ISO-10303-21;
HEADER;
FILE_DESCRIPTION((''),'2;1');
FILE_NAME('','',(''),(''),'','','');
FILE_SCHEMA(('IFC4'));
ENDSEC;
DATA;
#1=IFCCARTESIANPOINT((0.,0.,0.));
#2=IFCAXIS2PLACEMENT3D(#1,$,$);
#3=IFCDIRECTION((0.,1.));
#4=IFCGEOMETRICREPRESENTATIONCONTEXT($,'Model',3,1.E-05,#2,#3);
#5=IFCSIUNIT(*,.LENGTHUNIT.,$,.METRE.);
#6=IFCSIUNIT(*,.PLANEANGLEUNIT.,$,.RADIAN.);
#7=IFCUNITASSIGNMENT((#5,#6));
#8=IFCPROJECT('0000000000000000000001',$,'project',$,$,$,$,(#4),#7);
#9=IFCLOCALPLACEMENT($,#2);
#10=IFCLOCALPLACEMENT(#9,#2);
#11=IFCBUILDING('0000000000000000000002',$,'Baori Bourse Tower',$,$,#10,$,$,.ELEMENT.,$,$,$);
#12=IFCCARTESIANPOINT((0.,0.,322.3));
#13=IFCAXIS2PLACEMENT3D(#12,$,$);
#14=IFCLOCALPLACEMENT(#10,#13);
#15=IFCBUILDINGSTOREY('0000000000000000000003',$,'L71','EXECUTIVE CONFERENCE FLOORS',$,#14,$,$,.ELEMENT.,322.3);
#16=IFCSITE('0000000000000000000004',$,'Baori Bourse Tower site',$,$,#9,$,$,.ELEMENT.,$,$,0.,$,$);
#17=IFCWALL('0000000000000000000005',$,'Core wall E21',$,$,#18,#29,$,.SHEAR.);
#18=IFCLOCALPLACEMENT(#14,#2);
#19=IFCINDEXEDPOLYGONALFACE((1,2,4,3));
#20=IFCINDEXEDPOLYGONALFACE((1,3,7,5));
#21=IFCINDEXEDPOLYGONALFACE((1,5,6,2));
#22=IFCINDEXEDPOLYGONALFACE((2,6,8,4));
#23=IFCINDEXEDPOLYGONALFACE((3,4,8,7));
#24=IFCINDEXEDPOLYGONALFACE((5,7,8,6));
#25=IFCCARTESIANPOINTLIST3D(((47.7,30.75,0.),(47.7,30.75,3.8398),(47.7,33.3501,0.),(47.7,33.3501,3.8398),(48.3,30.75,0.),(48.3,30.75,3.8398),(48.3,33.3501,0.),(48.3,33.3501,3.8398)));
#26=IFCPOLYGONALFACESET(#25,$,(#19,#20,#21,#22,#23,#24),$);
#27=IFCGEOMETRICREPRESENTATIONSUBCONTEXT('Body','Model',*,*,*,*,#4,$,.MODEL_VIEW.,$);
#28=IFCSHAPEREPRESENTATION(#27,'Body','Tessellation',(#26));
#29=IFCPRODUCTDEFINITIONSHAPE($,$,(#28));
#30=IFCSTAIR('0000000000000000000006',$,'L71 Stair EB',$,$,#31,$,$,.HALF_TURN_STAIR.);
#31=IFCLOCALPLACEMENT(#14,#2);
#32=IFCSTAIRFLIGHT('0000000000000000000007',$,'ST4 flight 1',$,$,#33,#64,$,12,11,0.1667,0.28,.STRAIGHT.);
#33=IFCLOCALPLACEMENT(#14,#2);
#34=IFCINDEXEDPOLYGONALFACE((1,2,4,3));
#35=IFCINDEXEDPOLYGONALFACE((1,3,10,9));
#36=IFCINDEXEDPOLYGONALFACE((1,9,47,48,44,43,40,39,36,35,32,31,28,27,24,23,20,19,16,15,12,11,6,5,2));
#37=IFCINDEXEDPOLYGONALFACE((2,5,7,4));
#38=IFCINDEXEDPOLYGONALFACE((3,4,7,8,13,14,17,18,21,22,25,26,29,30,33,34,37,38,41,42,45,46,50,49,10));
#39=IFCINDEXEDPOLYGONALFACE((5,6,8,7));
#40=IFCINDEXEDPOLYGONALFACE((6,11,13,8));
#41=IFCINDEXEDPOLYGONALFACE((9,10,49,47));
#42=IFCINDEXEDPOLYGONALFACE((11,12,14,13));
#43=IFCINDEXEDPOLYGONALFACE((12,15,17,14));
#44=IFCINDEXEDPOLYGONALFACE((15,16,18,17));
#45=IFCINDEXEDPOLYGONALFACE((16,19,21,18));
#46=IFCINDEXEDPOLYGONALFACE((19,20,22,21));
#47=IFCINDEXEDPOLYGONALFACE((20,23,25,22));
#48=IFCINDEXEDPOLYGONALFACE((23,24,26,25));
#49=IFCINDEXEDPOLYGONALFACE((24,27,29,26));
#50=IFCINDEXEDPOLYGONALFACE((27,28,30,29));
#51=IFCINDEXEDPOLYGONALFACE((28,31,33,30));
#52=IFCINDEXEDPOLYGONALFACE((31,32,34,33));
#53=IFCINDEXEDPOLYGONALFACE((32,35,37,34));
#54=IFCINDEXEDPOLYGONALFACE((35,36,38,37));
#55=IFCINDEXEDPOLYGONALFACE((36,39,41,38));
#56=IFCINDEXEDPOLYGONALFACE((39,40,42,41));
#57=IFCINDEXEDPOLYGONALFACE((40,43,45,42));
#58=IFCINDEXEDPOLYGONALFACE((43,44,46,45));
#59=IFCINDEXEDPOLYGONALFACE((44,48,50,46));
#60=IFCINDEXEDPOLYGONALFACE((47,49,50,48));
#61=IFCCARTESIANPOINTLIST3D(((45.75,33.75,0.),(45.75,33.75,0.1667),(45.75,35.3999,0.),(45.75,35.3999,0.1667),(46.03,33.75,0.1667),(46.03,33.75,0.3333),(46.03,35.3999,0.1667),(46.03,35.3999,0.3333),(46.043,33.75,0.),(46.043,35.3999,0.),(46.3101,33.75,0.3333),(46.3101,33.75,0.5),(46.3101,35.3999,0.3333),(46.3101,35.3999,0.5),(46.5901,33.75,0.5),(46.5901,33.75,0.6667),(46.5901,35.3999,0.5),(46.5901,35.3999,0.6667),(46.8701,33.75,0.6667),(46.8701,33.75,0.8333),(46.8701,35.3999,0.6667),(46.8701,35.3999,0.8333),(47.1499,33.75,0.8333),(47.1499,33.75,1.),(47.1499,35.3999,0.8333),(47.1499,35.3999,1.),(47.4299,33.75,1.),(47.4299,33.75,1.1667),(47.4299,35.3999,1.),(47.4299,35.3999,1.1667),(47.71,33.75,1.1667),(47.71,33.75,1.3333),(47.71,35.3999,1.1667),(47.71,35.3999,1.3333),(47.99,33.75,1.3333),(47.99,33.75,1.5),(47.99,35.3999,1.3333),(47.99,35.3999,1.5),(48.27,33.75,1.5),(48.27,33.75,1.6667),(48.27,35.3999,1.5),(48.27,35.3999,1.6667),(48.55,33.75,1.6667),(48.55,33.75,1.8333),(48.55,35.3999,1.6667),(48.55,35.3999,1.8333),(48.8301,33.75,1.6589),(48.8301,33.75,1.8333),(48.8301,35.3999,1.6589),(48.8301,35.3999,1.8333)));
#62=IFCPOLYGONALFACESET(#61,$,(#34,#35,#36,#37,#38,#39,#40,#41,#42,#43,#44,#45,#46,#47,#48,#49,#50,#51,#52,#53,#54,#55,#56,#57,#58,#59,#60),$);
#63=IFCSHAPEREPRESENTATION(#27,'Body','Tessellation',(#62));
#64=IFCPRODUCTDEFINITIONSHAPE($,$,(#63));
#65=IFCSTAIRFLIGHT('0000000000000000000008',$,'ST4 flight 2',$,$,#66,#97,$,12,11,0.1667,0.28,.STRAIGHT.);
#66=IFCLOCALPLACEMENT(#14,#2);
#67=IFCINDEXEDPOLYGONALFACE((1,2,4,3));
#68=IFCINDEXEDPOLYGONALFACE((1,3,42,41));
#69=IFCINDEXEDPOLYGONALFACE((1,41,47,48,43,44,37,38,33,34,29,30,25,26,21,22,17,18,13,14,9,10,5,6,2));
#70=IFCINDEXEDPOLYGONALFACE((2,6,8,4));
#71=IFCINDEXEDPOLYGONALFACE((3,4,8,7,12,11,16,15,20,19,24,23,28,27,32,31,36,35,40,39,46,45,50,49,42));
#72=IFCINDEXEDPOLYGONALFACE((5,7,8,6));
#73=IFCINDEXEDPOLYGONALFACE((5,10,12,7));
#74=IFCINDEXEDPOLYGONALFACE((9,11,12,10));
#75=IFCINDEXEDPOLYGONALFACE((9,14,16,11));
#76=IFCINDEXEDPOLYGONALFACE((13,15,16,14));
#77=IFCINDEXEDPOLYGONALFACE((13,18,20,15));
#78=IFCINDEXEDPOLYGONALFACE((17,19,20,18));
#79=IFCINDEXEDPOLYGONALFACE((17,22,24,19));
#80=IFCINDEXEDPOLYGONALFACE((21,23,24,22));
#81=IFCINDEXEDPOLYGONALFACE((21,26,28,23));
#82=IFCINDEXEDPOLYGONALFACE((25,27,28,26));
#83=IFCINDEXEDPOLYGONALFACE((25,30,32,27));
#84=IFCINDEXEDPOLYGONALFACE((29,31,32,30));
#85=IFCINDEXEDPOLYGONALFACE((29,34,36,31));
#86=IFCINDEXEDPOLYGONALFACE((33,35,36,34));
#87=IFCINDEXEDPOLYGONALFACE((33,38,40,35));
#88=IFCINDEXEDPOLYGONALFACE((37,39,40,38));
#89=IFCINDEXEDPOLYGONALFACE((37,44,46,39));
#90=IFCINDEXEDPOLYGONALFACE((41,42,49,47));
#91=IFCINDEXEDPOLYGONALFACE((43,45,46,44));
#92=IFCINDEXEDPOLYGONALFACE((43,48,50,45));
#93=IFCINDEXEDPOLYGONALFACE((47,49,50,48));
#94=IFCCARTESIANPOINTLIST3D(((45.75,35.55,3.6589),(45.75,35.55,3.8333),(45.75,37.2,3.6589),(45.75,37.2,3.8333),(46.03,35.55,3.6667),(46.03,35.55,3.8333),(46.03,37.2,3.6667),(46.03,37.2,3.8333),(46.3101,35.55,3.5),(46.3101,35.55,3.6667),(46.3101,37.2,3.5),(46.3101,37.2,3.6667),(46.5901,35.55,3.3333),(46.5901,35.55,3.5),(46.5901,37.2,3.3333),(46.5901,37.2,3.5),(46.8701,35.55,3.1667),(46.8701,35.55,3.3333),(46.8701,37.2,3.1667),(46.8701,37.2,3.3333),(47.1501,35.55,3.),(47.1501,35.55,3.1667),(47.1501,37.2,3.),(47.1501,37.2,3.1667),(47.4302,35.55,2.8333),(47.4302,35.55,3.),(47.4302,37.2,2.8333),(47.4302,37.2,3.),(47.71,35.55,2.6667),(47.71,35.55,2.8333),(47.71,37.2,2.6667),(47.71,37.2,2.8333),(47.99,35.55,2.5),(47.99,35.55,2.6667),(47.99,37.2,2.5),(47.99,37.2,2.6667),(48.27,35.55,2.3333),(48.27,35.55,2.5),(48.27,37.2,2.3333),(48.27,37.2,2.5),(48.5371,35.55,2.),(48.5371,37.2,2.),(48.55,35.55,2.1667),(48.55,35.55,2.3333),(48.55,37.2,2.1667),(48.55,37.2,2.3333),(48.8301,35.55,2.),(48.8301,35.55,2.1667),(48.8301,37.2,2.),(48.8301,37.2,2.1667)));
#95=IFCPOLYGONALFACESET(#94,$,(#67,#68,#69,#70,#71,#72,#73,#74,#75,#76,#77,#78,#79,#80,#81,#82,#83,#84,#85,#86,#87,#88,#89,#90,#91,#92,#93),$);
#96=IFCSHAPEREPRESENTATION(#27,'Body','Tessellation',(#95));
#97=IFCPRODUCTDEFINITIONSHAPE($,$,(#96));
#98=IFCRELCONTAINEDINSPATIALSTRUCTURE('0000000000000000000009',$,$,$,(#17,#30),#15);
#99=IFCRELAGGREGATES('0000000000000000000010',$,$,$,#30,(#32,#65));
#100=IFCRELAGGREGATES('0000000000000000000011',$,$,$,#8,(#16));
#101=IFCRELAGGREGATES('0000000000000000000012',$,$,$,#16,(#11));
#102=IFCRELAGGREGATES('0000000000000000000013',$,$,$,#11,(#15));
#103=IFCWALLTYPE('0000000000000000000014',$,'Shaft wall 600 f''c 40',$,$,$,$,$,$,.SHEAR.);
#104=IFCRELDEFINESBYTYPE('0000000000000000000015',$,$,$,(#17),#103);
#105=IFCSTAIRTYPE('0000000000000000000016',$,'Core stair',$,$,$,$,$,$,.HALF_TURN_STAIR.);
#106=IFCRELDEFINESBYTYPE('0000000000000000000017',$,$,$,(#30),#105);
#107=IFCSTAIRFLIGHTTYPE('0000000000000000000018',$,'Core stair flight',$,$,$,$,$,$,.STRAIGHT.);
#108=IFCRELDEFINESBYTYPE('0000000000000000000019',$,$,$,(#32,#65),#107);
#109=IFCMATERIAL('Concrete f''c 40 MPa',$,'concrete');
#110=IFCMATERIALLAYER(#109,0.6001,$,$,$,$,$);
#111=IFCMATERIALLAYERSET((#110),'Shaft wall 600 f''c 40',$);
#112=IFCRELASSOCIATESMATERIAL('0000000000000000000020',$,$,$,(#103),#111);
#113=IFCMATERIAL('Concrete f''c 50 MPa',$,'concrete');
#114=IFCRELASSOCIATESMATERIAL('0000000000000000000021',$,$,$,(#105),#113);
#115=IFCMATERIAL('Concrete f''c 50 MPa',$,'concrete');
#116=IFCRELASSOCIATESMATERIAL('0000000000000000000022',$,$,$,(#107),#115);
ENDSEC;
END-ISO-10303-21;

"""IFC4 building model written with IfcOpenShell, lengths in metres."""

from ifc_helpers import new_model, si_unit, direction, frame, frame_2d, origin, place, context, subcontext, project, spatial, polyline, rectangle, outline, extrude, material, layer, layer_set, type_object, element, aggregate, save


model = new_model("IFC4")

# Units and contexts
model_context = context("Model", 3, precision=1e-05, world=origin(), true_north=direction((0.0, 1.0)))
body_context = subcontext(model_context, "Body", "Model", "MODEL_VIEW")
ifc_project = project(units=[si_unit("LENGTHUNIT", "METRE"), si_unit("PLANEANGLEUNIT", "RADIAN")], contexts=[model_context])

# Site, building, storey
site_placement = place(None, origin())
site = spatial("IfcSite", under=ifc_project, at=site_placement, Name="Baori Bourse Tower site", CompositionType="ELEMENT", RefElevation=0.0)
building_placement = place(site_placement, origin())
building = spatial("IfcBuilding", under=site, at=building_placement, Name="Baori Bourse Tower", CompositionType="ELEMENT")
storey_placement = place(building_placement, frame((0.0, 0.0, 322.3)))
storey = spatial("IfcBuildingStorey", under=building, at=storey_placement, Name="L71", Description="EXECUTIVE CONFERENCE FLOORS", CompositionType="ELEMENT", Elevation=322.3)

# Wall
ifc_material_1 = material(Name="Concrete f'c 40 MPa", Category="concrete")
ifc_layer_1 = layer(ifc_material_1, 0.6001)
ifc_layer_set_1 = layer_set([ifc_layer_1], Name="Shaft wall 600 f'c 40")
wall_type_1 = type_object("IfcWallType", Name="Shaft wall 600 f'c 40", PredefinedType="SHEAR", material=ifc_layer_set_1)
for number, where, z_axis, x_axis, name in (
    (1, (48.0, 30.75, 0.0), (0.0, 0.0, 1.0), (0.0, 1.0, 0.0), "Core wall E21"),
):
    element("IfcWall", number, at=place(storey_placement, frame(where, z_axis=z_axis, x_axis=x_axis)), inside=storey, type_object=wall_type_1, Name=name, PredefinedType="SHEAR", context=body_context, shape_type="SweptSolid", body=[
        extrude(rectangle(XDim=2.6001, YDim=0.6001, at=frame_2d((1.3, 0.0))), origin(), (0.0, 0.0, 1.0), 3.8398),
    ])

# Stair, stair flights
ifc_material_2 = material(Name="Concrete f'c 50 MPa", Category="concrete")
stair_type = type_object("IfcStairType", Name="Core stair", PredefinedType="HALF_TURN_STAIR", material=ifc_material_2)
stair_placement = place(storey_placement, origin())
stair = element("IfcStair", 2, at=stair_placement, inside=storey, type_object=stair_type, Name="L71 Stair EB", PredefinedType="HALF_TURN_STAIR")
ifc_material_3 = material(Name="Concrete f'c 50 MPa", Category="concrete")
stair_flight_type = type_object("IfcStairFlightType", Name="Core stair flight", PredefinedType="STRAIGHT", material=ifc_material_3)
stair_flight_1_placement = place(storey_placement, frame((45.75, 34.575, 0.0), z_axis=(0.0, 0.0, 1.0), x_axis=(1.0, 0.0, 0.0)))
stair_flight_1 = element("IfcStairFlight", 3, at=stair_flight_1_placement, type_object=stair_flight_type, Name="ST4 flight 1", NumberOfRisers=12, NumberOfTreads=11, PredefinedType="STRAIGHT", RiserHeight=0.1667, TreadLength=0.28, context=body_context, shape_type="SweptSolid", body=[
    extrude(outline(polyline([(0.0, 0.0), (0.0, 0.1667), (0.28, 0.1667), (0.28, 0.3333), (0.5601, 0.3333), (0.5601, 0.5), (0.8401, 0.5), (0.8401, 0.6667), (1.1201, 0.6667), (1.1201, 0.8333), (1.3999, 0.8333), (1.3999, 1.0), (1.6799, 1.0), (1.6799, 1.1667), (1.96, 1.1667), (1.96, 1.3333), (2.24, 1.3333), (2.24, 1.5), (2.52, 1.5), (2.52, 1.6667), (2.8, 1.6667), (2.8, 1.8333), (3.0801, 1.8333), (3.0801, 2.0), (3.0801, 1.6589), (0.293, 0.0), (0.0, 0.0)])), frame((0.0, 0.825, 0.0), z_axis=(0.0, -1.0, 0.0), x_axis=(1.0, 0.0, 0.0)), (0.0, 0.0, 1.0), 1.6499),
])
stair_flight_2_placement = place(storey_placement, frame((48.8301, 36.375, 2.0), z_axis=(0.0, 0.0, 1.0), x_axis=(-1.0, 0.0, 0.0)))
stair_flight_2 = element("IfcStairFlight", 4, at=stair_flight_2_placement, type_object=stair_flight_type, Name="ST4 flight 2", NumberOfRisers=12, NumberOfTreads=11, PredefinedType="STRAIGHT", RiserHeight=0.1667, TreadLength=0.28, context=body_context, shape_type="SweptSolid", body=[
    extrude(outline(polyline([(0.0, 0.0), (0.0, 0.1667), (0.28, 0.1667), (0.28, 0.3333), (0.5601, 0.3333), (0.5601, 0.5), (0.8401, 0.5), (0.8401, 0.6667), (1.1201, 0.6667), (1.1201, 0.8333), (1.3999, 0.8333), (1.3999, 1.0), (1.6799, 1.0), (1.6799, 1.1667), (1.96, 1.1667), (1.96, 1.3333), (2.24, 1.3333), (2.24, 1.5), (2.52, 1.5), (2.52, 1.6667), (2.8, 1.6667), (2.8, 1.8333), (3.0801, 1.8333), (3.0801, 2.0), (3.0801, 1.6589), (0.293, 0.0), (0.0, 0.0)])), frame((0.0, 0.825, 0.0), z_axis=(0.0, -1.0, 0.0), x_axis=(1.0, 0.0, 0.0)), (0.0, 0.0, 1.0), 1.6499),
])
aggregate(stair, [stair_flight_1, stair_flight_2])

save(model, "model.ifc")
